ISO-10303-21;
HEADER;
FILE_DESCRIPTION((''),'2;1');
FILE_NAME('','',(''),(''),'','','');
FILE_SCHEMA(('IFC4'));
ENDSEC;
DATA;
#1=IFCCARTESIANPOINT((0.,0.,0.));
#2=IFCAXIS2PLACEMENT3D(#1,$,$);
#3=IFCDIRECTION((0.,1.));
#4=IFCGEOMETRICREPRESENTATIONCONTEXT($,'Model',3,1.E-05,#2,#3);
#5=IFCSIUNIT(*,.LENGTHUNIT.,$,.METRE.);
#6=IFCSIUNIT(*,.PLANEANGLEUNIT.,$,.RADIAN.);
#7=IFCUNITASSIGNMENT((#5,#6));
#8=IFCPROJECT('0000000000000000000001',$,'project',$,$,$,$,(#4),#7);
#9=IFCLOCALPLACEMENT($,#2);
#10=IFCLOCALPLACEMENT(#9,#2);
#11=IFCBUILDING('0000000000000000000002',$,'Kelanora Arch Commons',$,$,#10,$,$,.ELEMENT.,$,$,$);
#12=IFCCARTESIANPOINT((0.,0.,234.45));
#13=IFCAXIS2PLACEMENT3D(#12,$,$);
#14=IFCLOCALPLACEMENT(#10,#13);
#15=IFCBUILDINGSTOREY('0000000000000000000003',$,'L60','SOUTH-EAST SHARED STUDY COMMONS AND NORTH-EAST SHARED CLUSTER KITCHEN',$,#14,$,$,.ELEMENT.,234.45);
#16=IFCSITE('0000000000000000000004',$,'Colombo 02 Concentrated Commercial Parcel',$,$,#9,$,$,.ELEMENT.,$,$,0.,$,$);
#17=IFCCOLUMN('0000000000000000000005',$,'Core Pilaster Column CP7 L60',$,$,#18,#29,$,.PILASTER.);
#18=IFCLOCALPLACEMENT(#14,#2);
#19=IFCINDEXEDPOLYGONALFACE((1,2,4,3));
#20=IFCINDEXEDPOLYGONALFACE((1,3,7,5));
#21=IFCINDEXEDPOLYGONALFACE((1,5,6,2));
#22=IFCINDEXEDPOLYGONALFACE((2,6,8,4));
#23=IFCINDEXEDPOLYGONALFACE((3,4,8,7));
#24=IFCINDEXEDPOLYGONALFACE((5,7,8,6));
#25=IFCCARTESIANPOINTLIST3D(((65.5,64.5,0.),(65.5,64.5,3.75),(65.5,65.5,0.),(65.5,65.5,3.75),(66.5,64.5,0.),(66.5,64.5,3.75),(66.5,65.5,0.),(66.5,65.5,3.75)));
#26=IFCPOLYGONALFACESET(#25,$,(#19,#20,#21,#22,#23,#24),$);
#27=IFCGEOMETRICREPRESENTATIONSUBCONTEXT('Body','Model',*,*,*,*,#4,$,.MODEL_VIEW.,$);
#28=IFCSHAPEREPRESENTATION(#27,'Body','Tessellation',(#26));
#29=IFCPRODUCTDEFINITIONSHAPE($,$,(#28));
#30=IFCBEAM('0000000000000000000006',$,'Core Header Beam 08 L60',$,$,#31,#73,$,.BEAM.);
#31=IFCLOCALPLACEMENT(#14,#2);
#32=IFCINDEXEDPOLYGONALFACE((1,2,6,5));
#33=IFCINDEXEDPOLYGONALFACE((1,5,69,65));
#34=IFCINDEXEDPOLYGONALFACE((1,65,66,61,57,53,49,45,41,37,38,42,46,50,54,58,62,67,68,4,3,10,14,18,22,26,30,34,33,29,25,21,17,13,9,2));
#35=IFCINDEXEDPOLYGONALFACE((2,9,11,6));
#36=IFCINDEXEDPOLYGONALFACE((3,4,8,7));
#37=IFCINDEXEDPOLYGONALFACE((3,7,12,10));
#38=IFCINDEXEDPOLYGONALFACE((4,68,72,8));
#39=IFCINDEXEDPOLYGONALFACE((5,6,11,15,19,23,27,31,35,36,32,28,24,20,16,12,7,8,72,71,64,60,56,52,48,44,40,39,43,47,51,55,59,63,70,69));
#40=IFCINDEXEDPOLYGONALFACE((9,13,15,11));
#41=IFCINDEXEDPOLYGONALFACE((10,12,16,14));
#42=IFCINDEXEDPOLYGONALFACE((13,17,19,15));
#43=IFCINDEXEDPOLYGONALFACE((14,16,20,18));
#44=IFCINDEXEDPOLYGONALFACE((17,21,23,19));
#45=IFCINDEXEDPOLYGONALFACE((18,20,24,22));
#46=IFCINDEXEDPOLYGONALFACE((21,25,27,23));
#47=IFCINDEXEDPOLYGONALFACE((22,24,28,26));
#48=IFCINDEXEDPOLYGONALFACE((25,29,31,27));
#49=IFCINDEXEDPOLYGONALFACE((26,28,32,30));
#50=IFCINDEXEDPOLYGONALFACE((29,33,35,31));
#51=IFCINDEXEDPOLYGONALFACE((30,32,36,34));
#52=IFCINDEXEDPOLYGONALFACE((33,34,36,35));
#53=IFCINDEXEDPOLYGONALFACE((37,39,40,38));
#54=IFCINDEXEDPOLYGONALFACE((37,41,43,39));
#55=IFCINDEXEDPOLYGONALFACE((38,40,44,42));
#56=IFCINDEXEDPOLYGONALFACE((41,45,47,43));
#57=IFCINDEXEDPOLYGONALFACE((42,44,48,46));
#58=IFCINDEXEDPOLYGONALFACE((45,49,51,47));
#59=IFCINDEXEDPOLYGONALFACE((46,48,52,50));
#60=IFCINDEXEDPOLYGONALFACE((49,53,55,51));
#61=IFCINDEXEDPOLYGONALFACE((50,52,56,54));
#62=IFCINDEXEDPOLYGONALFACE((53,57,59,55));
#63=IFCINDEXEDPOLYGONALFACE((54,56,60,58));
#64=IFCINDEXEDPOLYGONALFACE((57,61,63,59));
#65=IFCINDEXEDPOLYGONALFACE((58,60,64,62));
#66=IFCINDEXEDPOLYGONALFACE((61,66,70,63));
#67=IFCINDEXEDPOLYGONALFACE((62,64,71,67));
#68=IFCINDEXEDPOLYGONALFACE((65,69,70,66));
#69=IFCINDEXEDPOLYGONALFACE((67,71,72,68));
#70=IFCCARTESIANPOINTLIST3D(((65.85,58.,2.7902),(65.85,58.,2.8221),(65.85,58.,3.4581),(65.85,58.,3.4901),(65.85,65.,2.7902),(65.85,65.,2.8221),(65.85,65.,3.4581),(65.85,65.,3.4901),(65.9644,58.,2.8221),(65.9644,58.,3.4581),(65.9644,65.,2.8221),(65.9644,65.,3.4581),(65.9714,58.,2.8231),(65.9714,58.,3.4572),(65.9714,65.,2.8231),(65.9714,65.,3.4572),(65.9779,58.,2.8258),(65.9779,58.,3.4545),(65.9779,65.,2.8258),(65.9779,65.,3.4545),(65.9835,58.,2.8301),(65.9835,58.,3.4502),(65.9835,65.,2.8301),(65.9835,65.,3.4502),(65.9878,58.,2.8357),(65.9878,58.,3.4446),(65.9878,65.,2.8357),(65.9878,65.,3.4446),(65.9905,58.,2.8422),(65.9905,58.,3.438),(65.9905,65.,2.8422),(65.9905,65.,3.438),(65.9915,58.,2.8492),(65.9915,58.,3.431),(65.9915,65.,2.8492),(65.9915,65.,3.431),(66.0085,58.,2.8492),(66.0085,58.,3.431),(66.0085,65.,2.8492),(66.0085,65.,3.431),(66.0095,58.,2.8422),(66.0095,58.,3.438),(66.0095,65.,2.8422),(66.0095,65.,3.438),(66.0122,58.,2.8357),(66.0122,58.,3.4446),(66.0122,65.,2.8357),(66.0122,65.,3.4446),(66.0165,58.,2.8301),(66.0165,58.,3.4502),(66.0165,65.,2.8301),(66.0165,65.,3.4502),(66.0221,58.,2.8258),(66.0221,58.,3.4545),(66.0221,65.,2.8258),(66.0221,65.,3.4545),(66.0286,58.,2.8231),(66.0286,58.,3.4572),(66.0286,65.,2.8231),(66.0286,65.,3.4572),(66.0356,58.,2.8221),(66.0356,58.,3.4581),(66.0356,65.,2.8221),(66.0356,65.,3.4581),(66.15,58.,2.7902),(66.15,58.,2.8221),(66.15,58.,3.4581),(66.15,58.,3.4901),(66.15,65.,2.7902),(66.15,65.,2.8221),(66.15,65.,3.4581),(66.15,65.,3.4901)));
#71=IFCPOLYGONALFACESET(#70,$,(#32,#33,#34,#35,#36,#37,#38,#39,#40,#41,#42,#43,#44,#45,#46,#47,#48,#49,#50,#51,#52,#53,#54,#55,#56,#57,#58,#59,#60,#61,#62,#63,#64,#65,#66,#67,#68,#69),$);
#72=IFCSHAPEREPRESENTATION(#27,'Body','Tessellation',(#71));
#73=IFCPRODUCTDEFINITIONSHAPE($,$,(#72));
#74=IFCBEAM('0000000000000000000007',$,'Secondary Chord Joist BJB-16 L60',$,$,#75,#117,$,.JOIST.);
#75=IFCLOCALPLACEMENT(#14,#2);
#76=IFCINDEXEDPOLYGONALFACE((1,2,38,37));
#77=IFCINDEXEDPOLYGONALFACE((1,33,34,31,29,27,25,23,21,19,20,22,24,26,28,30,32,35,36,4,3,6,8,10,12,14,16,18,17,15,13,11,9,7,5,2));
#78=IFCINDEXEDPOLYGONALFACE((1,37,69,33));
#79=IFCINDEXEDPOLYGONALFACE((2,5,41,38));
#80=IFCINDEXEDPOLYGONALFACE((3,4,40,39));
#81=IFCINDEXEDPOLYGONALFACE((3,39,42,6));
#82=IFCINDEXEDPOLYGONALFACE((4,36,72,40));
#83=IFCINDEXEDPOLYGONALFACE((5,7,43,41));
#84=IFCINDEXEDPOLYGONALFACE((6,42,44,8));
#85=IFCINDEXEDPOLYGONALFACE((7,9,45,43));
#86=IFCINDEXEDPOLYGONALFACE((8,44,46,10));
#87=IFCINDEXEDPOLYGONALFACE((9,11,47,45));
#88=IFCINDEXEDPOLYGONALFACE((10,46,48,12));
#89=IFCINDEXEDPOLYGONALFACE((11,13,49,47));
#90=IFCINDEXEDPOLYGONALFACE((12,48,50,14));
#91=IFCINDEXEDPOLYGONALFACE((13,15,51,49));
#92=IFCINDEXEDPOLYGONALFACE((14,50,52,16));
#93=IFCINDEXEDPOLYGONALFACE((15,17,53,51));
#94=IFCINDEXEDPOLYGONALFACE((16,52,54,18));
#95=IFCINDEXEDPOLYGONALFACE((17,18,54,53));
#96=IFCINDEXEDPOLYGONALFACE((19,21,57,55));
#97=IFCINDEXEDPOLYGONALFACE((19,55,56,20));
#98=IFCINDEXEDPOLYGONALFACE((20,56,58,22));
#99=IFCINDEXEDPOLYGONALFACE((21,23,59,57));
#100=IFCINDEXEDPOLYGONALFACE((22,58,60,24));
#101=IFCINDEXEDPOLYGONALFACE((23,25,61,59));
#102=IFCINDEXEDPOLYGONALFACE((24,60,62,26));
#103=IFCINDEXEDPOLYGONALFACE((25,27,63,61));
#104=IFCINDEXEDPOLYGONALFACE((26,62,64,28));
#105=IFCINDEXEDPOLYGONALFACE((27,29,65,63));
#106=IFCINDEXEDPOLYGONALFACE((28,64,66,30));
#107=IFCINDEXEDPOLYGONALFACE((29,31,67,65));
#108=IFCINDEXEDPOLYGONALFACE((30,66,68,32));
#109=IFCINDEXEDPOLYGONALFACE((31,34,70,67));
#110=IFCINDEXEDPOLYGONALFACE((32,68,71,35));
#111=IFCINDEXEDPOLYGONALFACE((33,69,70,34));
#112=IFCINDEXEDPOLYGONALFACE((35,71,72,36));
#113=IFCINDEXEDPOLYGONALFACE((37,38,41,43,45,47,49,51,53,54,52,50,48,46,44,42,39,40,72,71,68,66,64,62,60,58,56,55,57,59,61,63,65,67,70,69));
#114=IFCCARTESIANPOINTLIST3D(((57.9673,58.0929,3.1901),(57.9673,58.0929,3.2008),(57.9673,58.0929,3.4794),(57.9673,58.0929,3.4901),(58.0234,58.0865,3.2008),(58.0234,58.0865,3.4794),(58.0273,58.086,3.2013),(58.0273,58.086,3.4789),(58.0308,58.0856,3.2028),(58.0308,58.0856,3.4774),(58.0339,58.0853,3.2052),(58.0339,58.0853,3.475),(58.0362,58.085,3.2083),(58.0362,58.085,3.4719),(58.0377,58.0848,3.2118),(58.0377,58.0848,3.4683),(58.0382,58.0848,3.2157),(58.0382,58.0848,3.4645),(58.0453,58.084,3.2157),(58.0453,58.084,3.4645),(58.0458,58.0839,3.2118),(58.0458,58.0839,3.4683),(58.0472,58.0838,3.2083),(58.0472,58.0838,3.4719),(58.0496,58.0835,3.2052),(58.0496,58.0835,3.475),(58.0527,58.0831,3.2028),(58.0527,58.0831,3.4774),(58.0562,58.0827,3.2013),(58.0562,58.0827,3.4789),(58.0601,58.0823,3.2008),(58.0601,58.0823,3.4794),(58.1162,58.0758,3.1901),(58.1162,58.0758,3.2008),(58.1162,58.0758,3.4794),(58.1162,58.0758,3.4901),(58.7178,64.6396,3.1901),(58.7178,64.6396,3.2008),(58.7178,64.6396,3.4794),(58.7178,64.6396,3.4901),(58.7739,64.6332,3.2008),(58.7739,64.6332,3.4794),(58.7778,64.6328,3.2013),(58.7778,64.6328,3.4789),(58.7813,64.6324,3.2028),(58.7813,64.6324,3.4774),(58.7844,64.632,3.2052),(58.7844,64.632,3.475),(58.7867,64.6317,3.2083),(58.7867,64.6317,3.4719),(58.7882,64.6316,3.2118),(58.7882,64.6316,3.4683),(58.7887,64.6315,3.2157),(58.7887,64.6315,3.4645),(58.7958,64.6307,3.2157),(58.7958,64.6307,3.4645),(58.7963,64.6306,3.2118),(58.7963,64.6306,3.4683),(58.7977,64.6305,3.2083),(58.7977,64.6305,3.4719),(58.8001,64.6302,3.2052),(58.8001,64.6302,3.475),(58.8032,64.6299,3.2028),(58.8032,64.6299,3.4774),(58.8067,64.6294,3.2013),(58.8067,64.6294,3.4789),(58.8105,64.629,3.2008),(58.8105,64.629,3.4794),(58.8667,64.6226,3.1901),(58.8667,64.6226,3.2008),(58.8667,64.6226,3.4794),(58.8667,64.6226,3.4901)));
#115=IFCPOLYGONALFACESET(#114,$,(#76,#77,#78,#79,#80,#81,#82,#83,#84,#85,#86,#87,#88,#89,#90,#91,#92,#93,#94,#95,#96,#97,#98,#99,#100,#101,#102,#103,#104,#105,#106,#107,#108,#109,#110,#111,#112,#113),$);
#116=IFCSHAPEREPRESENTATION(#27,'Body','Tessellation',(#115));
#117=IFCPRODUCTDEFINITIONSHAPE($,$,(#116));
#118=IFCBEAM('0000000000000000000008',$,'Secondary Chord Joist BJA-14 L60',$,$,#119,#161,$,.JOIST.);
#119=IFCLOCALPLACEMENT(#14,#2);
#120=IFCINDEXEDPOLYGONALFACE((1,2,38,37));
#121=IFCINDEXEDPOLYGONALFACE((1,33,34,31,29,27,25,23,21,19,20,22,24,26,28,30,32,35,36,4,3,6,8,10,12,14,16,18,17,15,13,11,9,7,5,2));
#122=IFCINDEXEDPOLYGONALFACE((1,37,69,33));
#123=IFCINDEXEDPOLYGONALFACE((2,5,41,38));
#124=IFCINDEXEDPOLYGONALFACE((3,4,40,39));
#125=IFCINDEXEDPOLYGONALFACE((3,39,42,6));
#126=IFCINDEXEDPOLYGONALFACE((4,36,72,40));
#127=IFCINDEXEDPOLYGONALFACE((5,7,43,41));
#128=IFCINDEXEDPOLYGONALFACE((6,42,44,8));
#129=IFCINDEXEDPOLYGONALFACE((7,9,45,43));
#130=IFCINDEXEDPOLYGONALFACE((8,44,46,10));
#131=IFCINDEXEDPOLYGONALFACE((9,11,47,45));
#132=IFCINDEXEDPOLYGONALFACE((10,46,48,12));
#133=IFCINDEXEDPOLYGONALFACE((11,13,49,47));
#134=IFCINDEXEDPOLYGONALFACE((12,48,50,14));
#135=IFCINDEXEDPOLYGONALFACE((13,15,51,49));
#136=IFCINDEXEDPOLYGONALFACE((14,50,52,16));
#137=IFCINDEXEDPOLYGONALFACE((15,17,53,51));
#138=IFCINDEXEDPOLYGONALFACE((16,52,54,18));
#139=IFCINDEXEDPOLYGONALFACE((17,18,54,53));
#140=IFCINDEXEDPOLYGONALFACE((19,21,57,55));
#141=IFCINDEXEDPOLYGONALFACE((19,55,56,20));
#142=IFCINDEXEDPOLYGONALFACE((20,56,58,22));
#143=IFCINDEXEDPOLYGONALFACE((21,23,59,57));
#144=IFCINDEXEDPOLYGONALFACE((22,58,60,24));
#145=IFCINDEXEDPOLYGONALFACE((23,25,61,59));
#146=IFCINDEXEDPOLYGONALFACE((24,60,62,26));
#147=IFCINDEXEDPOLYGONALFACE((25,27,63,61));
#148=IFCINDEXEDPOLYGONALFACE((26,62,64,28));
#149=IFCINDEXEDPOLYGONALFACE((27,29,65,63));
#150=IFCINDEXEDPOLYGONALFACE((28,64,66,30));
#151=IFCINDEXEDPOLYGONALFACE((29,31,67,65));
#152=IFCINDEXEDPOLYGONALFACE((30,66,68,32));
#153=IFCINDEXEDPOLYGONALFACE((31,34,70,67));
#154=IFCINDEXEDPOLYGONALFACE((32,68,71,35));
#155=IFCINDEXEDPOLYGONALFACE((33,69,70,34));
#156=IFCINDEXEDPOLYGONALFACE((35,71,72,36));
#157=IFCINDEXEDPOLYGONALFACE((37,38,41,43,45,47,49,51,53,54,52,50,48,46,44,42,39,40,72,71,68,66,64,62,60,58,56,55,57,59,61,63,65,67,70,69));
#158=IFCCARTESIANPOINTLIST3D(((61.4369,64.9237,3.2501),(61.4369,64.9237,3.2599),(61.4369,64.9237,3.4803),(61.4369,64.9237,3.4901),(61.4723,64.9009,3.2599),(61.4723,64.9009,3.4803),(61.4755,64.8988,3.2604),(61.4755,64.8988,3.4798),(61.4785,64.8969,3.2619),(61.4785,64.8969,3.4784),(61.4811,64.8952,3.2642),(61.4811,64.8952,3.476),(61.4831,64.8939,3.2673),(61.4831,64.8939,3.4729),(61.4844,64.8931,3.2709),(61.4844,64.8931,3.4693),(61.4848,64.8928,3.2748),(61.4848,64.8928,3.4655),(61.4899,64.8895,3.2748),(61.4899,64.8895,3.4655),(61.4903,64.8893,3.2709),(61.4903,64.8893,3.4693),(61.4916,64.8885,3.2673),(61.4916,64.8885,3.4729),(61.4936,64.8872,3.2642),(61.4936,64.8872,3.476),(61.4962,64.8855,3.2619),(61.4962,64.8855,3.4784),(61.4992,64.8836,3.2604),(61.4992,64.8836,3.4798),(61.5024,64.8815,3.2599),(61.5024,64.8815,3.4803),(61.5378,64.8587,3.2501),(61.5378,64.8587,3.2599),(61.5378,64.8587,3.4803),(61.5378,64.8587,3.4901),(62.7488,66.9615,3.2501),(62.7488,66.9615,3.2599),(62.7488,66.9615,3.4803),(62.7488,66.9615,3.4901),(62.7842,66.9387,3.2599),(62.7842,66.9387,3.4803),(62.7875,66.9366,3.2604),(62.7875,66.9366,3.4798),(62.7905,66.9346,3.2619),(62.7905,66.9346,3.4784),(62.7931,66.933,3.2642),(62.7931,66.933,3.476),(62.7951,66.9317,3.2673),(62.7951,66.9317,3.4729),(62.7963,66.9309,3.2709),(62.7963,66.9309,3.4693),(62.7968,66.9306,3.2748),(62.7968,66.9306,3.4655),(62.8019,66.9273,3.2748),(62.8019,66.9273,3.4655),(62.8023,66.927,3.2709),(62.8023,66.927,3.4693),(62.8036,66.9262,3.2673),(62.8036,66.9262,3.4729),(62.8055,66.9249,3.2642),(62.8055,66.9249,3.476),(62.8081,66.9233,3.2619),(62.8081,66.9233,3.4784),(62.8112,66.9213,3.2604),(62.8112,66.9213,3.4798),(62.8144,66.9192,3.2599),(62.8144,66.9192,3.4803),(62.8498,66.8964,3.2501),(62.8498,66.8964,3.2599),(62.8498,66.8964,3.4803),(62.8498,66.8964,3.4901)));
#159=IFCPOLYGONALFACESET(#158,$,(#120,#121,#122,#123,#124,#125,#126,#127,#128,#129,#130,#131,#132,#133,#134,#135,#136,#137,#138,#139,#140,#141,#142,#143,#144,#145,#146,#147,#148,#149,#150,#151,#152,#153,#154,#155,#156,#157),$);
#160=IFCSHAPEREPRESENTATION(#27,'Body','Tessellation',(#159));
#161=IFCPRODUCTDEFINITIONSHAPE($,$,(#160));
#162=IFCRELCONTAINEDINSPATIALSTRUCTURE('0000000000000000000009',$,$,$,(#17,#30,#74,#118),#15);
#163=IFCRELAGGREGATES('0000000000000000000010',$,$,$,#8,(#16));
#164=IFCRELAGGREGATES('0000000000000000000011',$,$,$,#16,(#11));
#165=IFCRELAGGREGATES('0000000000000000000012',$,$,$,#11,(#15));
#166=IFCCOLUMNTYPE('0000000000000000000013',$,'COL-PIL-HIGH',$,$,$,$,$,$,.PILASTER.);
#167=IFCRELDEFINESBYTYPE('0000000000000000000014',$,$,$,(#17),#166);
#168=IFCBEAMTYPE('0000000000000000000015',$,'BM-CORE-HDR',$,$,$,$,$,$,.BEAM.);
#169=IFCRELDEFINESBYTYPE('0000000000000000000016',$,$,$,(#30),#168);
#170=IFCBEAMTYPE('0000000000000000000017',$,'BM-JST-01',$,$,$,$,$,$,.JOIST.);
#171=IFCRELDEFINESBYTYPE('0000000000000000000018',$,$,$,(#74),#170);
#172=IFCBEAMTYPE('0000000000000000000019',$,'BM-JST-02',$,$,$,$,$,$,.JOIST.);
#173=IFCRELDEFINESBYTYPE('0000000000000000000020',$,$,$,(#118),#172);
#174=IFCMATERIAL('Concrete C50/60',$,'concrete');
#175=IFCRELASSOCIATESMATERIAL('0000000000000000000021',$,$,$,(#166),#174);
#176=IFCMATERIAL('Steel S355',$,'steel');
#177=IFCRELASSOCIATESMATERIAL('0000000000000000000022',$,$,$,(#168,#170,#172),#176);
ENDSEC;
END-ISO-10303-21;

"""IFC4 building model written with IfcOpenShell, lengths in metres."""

from ifc_helpers import new_model, si_unit, direction, frame, origin, origin_2d, place, context, subcontext, project, spatial, rectangle, i_section, extrude, material, material_profile, profile_set, type_object, element, save


model = new_model("IFC4")

# Units and contexts
model_context = context("Model", 3, precision=1e-05, world=origin(), true_north=direction((0.0, 1.0)))
body_context = subcontext(model_context, "Body", "Model", "MODEL_VIEW")
ifc_project = project(units=[si_unit("LENGTHUNIT", "METRE"), si_unit("PLANEANGLEUNIT", "RADIAN")], contexts=[model_context])

# Site, building, storey
site_placement = place(None, origin())
site = spatial("IfcSite", under=ifc_project, at=site_placement, Name="Colombo 02 Concentrated Commercial Parcel", CompositionType="ELEMENT", RefElevation=0.0)
building_placement = place(site_placement, origin())
building = spatial("IfcBuilding", under=site, at=building_placement, Name="Kelanora Arch Commons", CompositionType="ELEMENT")
storey_placement = place(building_placement, frame((0.0, 0.0, 234.45)))
storey = spatial("IfcBuildingStorey", under=building, at=storey_placement, Name="L60", Description="SOUTH-EAST SHARED STUDY COMMONS AND NORTH-EAST SHARED CLUSTER KITCHEN", CompositionType="ELEMENT", Elevation=234.45)

# Column
ifc_material_1 = material(Name="Concrete C50/60", Category="concrete")
ifc_material_profile_1 = material_profile(ifc_material_1, rectangle(XDim=1.0, YDim=1.0, at=origin_2d()), Name="RC1000x1000")
ifc_profile_set_1 = profile_set([ifc_material_profile_1], Name="Concrete C50/60")
column_type = type_object("IfcColumnType", Name="COL-PIL-HIGH", PredefinedType="PILASTER", material=ifc_profile_set_1)
column_placement = place(storey_placement, frame((66.0, 65.0, 0.0), z_axis=(0.0, 0.0, 1.0), x_axis=(1.0, 0.0, 0.0)))
element("IfcColumn", 1, at=column_placement, inside=storey, type_object=column_type, Name="Core Pilaster Column CP7 L60", PredefinedType="PILASTER", context=body_context, shape_type="SweptSolid", body=[
    extrude(rectangle(XDim=1.0, YDim=1.0, at=origin_2d()), origin(), (0.0, 0.0, 1.0), 3.75),
])

# Beams
ifc_material_2 = material(Name="Steel S355", Category="steel")
ifc_material_profile_2 = material_profile(ifc_material_2, i_section(OverallWidth=0.3, OverallDepth=0.7, WebThickness=0.0171, FlangeThickness=0.032, FilletRadius=0.0271, at=origin_2d()), Name="HEB700")
ifc_profile_set_2 = profile_set([ifc_material_profile_2], Name="Steel S355")
beam_type_1 = type_object("IfcBeamType", Name="BM-CORE-HDR", PredefinedType="BEAM", material=ifc_profile_set_2)
beam_1_placement = place(storey_placement, frame((66.0, 65.0, 3.1401), z_axis=(0.0, -1.0, 0.0), x_axis=(1.0, 0.0, 0.0)))
element("IfcBeam", 2, at=beam_1_placement, inside=storey, type_object=beam_type_1, Name="Core Header Beam 08 L60", PredefinedType="BEAM", context=body_context, shape_type="SweptSolid", body=[
    extrude(i_section(OverallWidth=0.3, OverallDepth=0.7, WebThickness=0.0171, FlangeThickness=0.032, FilletRadius=0.0271, at=origin_2d()), origin(), (0.0, 0.0, 1.0), 7.0),
])
ifc_material_profile_3 = material_profile(ifc_material_2, i_section(OverallWidth=0.1499, OverallDepth=0.3, WebThickness=0.0071, FlangeThickness=0.0107, FilletRadius=0.0149, at=origin_2d()), Name="IPE300")
ifc_profile_set_3 = profile_set([ifc_material_profile_3], Name="Steel S355")
beam_type_2 = type_object("IfcBeamType", Name="BM-JST-01", PredefinedType="JOIST", material=ifc_profile_set_3)
beam_2_placement = place(storey_placement, frame((58.7922, 64.6311, 3.3401), z_axis=(-0.113891, -0.993493, 0.0), x_axis=(0.993493, -0.113891, 0.0)))
element("IfcBeam", 3, at=beam_2_placement, inside=storey, type_object=beam_type_2, Name="Secondary Chord Joist BJB-16 L60", PredefinedType="JOIST", context=body_context, shape_type="SweptSolid", body=[
    extrude(i_section(OverallWidth=0.1499, OverallDepth=0.3, WebThickness=0.0071, FlangeThickness=0.0107, FilletRadius=0.0149, at=origin_2d()), origin(), (0.0, 0.0, 1.0), 6.5896),
])
ifc_material_profile_4 = material_profile(ifc_material_2, i_section(OverallWidth=0.1201, OverallDepth=0.24, WebThickness=0.0061, FlangeThickness=0.0098, FilletRadius=0.0149, at=origin_2d()), Name="IPE240")
ifc_profile_set_4 = profile_set([ifc_material_profile_4], Name="Steel S355")
beam_type_3 = type_object("IfcBeamType", Name="BM-JST-02", PredefinedType="JOIST", material=ifc_profile_set_4)
beam_3_placement = place(storey_placement, frame((62.7993, 66.929, 3.3701), z_axis=(-0.541333, -0.840808, 0.0), x_axis=(0.840808, -0.541333, 0.0)))
element("IfcBeam", 4, at=beam_3_placement, inside=storey, type_object=beam_type_3, Name="Secondary Chord Joist BJA-14 L60", PredefinedType="JOIST", context=body_context, shape_type="SweptSolid", body=[
    extrude(i_section(OverallWidth=0.1201, OverallDepth=0.24, WebThickness=0.0061, FlangeThickness=0.0098, FilletRadius=0.0149, at=origin_2d()), origin(), (0.0, 0.0, 1.0), 2.4236),
])

save(model, "model.ifc")
